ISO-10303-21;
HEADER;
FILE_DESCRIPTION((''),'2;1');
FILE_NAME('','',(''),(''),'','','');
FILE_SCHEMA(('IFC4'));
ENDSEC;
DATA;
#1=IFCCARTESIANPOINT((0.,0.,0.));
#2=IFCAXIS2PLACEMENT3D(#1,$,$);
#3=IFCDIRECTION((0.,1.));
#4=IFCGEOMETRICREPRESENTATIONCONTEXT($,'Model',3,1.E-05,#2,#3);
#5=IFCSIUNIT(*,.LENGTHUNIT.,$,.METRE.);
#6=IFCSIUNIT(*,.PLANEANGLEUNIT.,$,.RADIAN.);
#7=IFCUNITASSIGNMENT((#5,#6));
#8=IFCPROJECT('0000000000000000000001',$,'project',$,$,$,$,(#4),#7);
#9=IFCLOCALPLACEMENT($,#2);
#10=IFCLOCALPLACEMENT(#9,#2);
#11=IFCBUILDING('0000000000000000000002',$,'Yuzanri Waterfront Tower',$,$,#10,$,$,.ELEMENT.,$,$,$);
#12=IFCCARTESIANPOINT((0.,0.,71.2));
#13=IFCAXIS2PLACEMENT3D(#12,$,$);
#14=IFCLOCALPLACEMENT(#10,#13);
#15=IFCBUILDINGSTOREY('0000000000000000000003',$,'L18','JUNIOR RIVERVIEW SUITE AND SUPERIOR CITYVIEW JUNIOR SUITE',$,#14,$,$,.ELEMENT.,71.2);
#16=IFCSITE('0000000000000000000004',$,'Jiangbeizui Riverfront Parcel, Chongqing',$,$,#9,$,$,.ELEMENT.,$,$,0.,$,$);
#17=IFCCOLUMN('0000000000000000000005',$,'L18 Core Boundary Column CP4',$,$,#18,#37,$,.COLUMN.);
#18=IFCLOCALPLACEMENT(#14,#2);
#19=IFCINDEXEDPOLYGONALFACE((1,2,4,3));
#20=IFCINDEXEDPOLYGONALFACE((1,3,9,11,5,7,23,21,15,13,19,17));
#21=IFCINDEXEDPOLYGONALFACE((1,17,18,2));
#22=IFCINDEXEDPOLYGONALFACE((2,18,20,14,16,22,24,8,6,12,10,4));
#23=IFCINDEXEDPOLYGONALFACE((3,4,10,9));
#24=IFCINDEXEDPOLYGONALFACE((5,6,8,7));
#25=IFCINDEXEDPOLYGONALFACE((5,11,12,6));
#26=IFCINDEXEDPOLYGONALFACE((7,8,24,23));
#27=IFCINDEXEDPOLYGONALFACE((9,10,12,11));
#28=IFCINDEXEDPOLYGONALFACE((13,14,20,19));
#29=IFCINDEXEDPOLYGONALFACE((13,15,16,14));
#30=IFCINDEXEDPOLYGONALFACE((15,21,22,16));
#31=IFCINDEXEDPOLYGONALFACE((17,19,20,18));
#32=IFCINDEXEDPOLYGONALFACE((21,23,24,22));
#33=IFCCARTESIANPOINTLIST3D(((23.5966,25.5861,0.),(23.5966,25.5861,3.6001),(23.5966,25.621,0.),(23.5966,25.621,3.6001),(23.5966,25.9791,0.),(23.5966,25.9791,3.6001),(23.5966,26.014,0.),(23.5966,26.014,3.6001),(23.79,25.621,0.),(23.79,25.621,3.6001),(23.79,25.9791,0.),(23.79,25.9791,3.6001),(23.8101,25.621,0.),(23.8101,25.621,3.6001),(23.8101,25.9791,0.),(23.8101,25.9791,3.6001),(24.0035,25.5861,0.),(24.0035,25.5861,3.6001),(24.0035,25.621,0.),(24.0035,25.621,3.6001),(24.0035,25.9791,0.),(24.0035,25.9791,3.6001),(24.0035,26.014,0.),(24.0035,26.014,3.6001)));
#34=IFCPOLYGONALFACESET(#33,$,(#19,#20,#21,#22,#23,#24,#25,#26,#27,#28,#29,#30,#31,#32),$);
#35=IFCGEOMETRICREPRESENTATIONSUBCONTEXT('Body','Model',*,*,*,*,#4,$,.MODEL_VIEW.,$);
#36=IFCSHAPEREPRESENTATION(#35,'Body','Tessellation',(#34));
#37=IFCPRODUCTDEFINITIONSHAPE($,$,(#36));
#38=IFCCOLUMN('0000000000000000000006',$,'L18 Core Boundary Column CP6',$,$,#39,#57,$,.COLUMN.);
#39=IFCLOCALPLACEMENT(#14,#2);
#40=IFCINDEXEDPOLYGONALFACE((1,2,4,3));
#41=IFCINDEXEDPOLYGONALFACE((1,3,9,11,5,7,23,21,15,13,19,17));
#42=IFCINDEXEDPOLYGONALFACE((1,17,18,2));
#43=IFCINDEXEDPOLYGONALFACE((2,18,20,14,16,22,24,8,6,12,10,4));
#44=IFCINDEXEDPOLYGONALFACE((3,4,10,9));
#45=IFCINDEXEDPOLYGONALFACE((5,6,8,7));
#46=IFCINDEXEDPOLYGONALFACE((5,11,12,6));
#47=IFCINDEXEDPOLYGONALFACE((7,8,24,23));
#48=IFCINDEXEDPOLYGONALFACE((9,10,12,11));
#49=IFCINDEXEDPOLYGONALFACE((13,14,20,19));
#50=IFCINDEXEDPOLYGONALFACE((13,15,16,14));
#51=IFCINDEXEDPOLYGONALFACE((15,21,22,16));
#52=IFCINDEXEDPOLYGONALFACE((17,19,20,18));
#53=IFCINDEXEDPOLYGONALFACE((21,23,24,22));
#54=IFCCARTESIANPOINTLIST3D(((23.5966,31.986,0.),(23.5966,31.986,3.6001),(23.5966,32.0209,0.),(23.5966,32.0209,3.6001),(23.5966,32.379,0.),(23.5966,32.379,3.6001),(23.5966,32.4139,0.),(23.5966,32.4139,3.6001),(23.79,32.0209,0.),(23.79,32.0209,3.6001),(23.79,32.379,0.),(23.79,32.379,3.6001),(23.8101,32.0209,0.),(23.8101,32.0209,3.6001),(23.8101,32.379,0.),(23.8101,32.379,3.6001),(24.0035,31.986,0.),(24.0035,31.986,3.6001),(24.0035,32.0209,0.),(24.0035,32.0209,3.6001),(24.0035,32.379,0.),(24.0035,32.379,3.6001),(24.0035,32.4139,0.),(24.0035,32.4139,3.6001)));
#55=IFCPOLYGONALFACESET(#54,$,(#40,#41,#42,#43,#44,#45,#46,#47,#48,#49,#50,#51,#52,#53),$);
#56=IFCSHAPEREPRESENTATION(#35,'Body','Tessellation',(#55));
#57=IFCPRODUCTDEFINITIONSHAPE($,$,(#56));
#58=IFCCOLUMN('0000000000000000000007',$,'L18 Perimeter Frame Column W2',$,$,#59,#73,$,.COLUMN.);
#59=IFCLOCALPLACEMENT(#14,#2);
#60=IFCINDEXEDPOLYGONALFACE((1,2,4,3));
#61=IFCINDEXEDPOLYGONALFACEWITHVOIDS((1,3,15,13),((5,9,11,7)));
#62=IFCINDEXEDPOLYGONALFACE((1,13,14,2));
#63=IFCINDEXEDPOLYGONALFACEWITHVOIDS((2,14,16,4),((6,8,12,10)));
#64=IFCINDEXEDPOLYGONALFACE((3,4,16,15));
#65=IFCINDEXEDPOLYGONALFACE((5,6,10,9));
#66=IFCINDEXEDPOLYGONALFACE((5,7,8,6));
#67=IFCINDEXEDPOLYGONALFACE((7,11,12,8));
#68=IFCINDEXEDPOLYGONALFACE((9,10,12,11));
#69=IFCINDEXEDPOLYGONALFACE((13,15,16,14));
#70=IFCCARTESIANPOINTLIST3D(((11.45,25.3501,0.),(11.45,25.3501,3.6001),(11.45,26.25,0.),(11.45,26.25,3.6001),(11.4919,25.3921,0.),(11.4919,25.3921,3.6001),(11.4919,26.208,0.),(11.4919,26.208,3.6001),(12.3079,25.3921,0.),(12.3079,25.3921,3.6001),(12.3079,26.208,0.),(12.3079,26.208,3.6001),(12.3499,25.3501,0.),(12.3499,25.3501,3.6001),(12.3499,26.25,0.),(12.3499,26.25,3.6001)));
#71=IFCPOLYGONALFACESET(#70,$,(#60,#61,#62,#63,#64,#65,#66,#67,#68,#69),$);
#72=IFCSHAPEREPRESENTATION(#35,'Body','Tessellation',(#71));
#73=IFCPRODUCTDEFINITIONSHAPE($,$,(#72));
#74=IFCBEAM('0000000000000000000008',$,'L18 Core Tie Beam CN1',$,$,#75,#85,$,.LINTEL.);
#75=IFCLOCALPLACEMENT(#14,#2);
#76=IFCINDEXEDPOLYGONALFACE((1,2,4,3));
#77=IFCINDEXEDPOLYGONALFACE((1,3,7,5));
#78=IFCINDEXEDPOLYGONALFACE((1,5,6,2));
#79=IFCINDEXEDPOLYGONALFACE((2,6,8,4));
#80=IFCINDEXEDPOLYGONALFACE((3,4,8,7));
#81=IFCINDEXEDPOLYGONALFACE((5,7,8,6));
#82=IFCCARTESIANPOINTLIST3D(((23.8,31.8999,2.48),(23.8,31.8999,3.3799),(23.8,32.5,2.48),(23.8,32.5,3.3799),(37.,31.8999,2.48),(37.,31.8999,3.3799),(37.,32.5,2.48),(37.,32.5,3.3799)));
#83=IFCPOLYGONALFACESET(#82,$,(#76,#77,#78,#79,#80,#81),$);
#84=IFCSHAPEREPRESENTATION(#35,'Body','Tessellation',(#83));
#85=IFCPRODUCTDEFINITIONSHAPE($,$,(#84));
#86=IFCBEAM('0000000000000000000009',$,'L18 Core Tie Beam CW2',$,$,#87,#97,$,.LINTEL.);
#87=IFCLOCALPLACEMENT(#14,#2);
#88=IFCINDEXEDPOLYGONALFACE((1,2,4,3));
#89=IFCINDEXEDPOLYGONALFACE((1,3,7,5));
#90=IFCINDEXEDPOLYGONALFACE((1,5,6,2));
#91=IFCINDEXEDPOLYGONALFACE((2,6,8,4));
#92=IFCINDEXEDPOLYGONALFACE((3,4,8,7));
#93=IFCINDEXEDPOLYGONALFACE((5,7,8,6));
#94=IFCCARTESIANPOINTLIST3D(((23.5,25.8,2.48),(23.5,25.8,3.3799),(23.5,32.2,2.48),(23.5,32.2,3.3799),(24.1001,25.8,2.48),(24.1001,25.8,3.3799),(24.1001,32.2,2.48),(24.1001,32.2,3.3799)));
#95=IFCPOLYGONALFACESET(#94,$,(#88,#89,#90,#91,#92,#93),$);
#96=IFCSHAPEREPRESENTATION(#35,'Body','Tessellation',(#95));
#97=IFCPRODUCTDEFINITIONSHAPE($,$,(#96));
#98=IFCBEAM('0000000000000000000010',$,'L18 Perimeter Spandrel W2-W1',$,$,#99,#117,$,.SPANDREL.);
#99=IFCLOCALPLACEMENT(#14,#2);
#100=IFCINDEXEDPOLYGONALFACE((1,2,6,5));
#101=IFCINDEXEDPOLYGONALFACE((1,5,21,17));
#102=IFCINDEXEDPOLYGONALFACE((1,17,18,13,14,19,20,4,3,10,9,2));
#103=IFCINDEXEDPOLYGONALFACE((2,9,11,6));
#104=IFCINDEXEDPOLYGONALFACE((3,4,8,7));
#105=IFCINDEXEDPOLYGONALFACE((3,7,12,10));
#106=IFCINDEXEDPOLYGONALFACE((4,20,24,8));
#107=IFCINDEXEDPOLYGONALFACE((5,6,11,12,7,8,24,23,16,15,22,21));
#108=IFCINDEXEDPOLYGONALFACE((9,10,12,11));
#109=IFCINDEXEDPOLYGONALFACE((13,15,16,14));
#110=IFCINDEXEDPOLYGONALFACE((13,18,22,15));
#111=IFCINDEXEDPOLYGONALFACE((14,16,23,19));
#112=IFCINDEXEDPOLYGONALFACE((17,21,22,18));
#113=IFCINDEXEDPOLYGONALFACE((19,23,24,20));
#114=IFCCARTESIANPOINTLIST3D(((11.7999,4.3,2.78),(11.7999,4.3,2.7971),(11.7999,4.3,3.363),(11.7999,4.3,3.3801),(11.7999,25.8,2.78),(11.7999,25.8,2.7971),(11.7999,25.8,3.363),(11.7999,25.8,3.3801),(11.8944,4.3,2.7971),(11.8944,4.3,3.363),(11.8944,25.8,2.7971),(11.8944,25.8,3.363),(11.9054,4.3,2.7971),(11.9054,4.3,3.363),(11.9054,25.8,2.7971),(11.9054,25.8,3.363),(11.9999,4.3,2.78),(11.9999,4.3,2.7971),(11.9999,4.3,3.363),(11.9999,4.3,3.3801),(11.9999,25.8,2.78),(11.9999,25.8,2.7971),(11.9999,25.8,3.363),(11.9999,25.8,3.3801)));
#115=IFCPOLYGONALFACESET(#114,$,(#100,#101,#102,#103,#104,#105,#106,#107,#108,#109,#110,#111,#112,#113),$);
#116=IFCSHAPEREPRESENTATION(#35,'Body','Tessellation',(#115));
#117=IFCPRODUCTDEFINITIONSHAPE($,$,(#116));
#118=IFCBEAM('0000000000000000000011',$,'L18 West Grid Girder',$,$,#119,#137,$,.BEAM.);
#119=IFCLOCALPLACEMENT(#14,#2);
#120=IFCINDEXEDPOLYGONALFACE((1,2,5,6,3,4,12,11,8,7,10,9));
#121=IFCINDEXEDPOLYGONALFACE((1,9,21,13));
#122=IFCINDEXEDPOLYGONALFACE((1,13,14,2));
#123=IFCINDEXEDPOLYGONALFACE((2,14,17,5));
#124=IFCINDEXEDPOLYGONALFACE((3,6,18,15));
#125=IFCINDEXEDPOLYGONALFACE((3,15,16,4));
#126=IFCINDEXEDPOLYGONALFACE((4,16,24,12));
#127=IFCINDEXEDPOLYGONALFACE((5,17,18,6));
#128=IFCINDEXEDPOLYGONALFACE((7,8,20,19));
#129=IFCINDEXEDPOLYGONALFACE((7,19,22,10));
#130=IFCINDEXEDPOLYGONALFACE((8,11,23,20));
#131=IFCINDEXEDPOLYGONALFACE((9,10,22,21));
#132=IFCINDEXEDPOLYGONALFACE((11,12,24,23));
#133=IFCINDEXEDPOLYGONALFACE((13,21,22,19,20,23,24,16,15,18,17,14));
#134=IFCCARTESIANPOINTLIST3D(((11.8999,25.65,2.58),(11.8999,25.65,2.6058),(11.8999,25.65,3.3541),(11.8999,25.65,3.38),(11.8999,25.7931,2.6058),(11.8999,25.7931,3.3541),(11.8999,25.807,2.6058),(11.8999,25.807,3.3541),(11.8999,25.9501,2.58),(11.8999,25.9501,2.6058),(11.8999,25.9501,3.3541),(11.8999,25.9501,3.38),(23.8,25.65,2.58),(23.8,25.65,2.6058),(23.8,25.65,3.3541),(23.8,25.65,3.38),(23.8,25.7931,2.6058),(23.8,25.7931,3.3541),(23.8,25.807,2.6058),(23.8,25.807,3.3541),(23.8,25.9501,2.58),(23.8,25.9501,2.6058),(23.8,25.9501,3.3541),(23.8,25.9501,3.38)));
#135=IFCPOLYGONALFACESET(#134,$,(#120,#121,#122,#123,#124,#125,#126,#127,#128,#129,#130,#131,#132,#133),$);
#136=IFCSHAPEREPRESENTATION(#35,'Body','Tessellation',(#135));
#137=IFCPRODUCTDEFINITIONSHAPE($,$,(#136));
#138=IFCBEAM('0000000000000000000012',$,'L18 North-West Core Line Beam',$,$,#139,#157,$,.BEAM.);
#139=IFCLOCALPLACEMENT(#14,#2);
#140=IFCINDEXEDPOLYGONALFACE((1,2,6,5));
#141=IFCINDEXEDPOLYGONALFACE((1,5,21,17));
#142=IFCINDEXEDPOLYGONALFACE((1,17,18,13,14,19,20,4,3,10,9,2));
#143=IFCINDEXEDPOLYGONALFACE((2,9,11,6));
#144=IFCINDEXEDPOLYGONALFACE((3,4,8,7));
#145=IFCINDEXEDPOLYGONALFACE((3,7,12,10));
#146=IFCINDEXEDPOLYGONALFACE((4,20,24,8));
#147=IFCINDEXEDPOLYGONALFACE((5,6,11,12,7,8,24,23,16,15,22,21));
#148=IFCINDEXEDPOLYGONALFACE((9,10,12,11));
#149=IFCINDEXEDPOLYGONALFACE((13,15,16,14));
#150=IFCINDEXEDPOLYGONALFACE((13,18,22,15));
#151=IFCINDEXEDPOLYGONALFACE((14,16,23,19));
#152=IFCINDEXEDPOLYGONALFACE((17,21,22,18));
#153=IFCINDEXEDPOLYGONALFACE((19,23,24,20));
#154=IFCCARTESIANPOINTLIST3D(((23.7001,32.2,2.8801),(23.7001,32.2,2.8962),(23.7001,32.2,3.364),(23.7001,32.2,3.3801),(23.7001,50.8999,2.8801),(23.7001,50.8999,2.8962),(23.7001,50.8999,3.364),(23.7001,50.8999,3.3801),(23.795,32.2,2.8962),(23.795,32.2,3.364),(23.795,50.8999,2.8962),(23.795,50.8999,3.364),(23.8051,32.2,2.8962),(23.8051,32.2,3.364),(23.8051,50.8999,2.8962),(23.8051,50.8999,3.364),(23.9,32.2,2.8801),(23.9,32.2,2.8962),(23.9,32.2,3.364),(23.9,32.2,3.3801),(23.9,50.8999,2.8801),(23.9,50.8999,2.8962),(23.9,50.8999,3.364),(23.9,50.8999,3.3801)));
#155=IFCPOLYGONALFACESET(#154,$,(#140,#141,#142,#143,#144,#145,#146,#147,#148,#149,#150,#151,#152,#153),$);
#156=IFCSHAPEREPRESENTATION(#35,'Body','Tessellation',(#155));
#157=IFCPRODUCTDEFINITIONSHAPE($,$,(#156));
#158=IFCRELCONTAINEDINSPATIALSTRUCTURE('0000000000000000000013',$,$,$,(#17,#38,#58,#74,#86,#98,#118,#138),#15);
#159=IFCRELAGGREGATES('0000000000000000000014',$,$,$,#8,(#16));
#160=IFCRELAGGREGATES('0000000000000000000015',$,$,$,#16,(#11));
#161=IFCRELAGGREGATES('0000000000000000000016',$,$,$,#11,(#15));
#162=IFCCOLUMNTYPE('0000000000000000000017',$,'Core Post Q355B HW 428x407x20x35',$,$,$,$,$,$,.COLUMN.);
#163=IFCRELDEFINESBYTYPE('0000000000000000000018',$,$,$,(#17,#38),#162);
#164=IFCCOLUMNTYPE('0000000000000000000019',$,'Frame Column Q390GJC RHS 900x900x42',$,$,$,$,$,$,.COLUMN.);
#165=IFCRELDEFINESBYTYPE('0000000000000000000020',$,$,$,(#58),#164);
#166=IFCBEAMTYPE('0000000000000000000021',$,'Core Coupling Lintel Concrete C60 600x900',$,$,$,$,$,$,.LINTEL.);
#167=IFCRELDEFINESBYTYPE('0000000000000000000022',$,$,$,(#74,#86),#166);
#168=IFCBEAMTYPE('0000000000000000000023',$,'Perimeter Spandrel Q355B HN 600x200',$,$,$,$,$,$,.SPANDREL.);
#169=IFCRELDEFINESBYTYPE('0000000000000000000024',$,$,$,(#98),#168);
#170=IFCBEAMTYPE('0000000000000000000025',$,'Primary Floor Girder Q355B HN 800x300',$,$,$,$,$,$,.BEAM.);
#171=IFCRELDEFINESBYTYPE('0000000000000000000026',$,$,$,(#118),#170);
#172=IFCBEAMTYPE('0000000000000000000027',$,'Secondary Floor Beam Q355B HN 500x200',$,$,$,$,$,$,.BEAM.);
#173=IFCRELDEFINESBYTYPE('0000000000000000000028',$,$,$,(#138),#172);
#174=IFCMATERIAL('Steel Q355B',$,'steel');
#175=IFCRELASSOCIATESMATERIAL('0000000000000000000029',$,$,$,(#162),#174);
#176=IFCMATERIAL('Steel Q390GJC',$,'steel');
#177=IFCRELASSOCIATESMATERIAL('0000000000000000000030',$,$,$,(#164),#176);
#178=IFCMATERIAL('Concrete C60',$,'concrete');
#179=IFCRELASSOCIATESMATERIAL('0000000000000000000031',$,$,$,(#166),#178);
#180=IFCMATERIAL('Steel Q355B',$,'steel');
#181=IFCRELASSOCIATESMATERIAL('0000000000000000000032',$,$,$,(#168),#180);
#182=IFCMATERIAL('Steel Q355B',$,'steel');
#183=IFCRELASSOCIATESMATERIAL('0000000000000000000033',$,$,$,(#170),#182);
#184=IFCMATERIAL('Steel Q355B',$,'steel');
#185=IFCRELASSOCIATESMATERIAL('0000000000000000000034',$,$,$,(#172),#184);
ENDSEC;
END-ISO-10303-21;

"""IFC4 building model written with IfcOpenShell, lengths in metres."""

from ifc_helpers import new_model, si_unit, direction, frame, origin, origin_2d, place, context, subcontext, project, spatial, rectangle, hollow_rectangle, i_section, extrude, source, transform, mapped, material, material_profile, profile_set, type_object, element, save


model = new_model("IFC4")

# Units and contexts
model_context = context("Model", 3, precision=1e-05, world=origin(), true_north=direction((0.0, 1.0)))
body_context = subcontext(model_context, "Body", "Model", "MODEL_VIEW")
ifc_project = project(units=[si_unit("LENGTHUNIT", "METRE"), si_unit("PLANEANGLEUNIT", "RADIAN")], contexts=[model_context])

# Site, building, storey
site_placement = place(None, origin())
site = spatial("IfcSite", under=ifc_project, at=site_placement, Name="Jiangbeizui Riverfront Parcel, Chongqing", CompositionType="ELEMENT", RefElevation=0.0)
building_placement = place(site_placement, origin())
building = spatial("IfcBuilding", under=site, at=building_placement, Name="Yuzanri Waterfront Tower", CompositionType="ELEMENT")
storey_placement = place(building_placement, frame((0.0, 0.0, 71.2)))
storey = spatial("IfcBuildingStorey", under=building, at=storey_placement, Name="L18", Description="JUNIOR RIVERVIEW SUITE AND SUPERIOR CITYVIEW JUNIOR SUITE", CompositionType="ELEMENT", Elevation=71.2)

# Columns
ifc_material_1 = material(Name="Steel Q355B", Category="steel")
ifc_material_profile_1 = material_profile(ifc_material_1, i_section(OverallWidth=0.407, OverallDepth=0.428, WebThickness=0.02, FlangeThickness=0.0349, at=origin_2d()), Name="HW 428x407x20x35")
ifc_profile_set_1 = profile_set([ifc_material_profile_1], Name="Steel Q355B")
column_type_1 = type_object("IfcColumnType", Name="Core Post Q355B HW 428x407x20x35", PredefinedType="COLUMN", material=ifc_profile_set_1)
shared_shape_1 = source(origin(), body_context, "Body", "SweptSolid", [
    extrude(i_section(OverallWidth=0.407, OverallDepth=0.428, WebThickness=0.02, FlangeThickness=0.0349, at=origin_2d()), origin(), (0.0, 0.0, 1.0), 3.6001),
])
for number, where, z_axis, x_axis, name in (
    (1, (23.8, 25.8, 0.0), (0.0, 0.0, 1.0), (1.0, 0.0, 0.0), "L18 Core Boundary Column CP4"),
    (2, (23.8, 32.2, 0.0), (0.0, 0.0, 1.0), (1.0, 0.0, 0.0), "L18 Core Boundary Column CP6"),
):
    element("IfcColumn", number, at=place(storey_placement, frame(where, z_axis=z_axis, x_axis=x_axis)), inside=storey, type_object=column_type_1, Name=name, PredefinedType="COLUMN", context=body_context, shape_type="MappedRepresentation", body=[
        mapped(shared_shape_1, transform((0.0, 0.0, 0.0), scale=1.0)),
    ])
ifc_material_2 = material(Name="Steel Q390GJC", Category="steel")
ifc_material_profile_2 = material_profile(ifc_material_2, hollow_rectangle(XDim=0.8999, YDim=0.8999, WallThickness=0.042, at=origin_2d()), Name="RHS 900x900x42")
ifc_profile_set_2 = profile_set([ifc_material_profile_2], Name="Steel Q390GJC")
column_type_2 = type_object("IfcColumnType", Name="Frame Column Q390GJC RHS 900x900x42", PredefinedType="COLUMN", material=ifc_profile_set_2)
shared_shape_2 = source(origin(), body_context, "Body", "SweptSolid", [
    extrude(hollow_rectangle(XDim=0.8999, YDim=0.8999, WallThickness=0.042, at=origin_2d()), origin(), (0.0, 0.0, 1.0), 3.6001),
])
column_placement = place(storey_placement, frame((11.8999, 25.8, 0.0), z_axis=(0.0, 0.0, 1.0), x_axis=(1.0, 0.0, 0.0)))
element("IfcColumn", 3, at=column_placement, inside=storey, type_object=column_type_2, Name="L18 Perimeter Frame Column W2", PredefinedType="COLUMN", context=body_context, shape_type="MappedRepresentation", body=[
    mapped(shared_shape_2, transform((0.0, 0.0, 0.0), scale=1.0)),
])

# Beams
ifc_material_3 = material(Name="Concrete C60", Category="concrete")
ifc_material_profile_3 = material_profile(ifc_material_3, rectangle(XDim=0.6001, YDim=0.8999, at=origin_2d()), Name="RC 600x900")
ifc_profile_set_3 = profile_set([ifc_material_profile_3], Name="Concrete C60")
beam_type_1 = type_object("IfcBeamType", Name="Core Coupling Lintel Concrete C60 600x900", PredefinedType="LINTEL", material=ifc_profile_set_3)
shared_shape_3 = source(origin(), body_context, "Body", "SweptSolid", [
    extrude(rectangle(XDim=0.6001, YDim=0.8999, at=origin_2d()), origin(), (0.0, 0.0, 1.0), 13.2),
])
beam_1_placement = place(storey_placement, frame((23.8, 32.2, 2.9299), z_axis=(1.0, 0.0, 0.0), x_axis=(0.0, 1.0, 0.0)))
element("IfcBeam", 4, at=beam_1_placement, inside=storey, type_object=beam_type_1, Name="L18 Core Tie Beam CN1", PredefinedType="LINTEL", context=body_context, shape_type="MappedRepresentation", body=[
    mapped(shared_shape_3, transform((0.0, 0.0, 0.0), scale=1.0)),
])
shared_shape_4 = source(origin(), body_context, "Body", "SweptSolid", [
    extrude(rectangle(XDim=0.6001, YDim=0.8999, at=origin_2d()), origin(), (0.0, 0.0, 1.0), 6.3999),
])
beam_2_placement = place(storey_placement, frame((23.8, 25.8, 2.9299), z_axis=(0.0, 1.0, 0.0), x_axis=(-1.0, 0.0, 0.0)))
element("IfcBeam", 5, at=beam_2_placement, inside=storey, type_object=beam_type_1, Name="L18 Core Tie Beam CW2", PredefinedType="LINTEL", context=body_context, shape_type="MappedRepresentation", body=[
    mapped(shared_shape_4, transform((0.0, 0.0, 0.0), scale=1.0)),
])
ifc_material_4 = material(Name="Steel Q355B", Category="steel")
ifc_material_profile_4 = material_profile(ifc_material_4, i_section(OverallWidth=0.2, OverallDepth=0.6001, WebThickness=0.011, FlangeThickness=0.0171, at=origin_2d()), Name="HN 600x200x11x17")
ifc_profile_set_4 = profile_set([ifc_material_profile_4], Name="Steel Q355B")
beam_type_2 = type_object("IfcBeamType", Name="Perimeter Spandrel Q355B HN 600x200", PredefinedType="SPANDREL", material=ifc_profile_set_4)
shared_shape_5 = source(origin(), body_context, "Body", "SweptSolid", [
    extrude(i_section(OverallWidth=0.2, OverallDepth=0.6001, WebThickness=0.011, FlangeThickness=0.0171, at=origin_2d()), origin(), (0.0, 0.0, 1.0), 21.5),
])
beam_3_placement = place(storey_placement, frame((11.8999, 25.8, 3.0801), z_axis=(0.0, -1.0, 0.0), x_axis=(1.0, 0.0, 0.0)))
element("IfcBeam", 6, at=beam_3_placement, inside=storey, type_object=beam_type_2, Name="L18 Perimeter Spandrel W2-W1", PredefinedType="SPANDREL", context=body_context, shape_type="MappedRepresentation", body=[
    mapped(shared_shape_5, transform((0.0, 0.0, 0.0), scale=1.0)),
])
ifc_material_5 = material(Name="Steel Q355B", Category="steel")
ifc_material_profile_5 = material_profile(ifc_material_5, i_section(OverallWidth=0.3, OverallDepth=0.8, WebThickness=0.0139, FlangeThickness=0.0259, at=origin_2d()), Name="HN 800x300x14x26")
ifc_profile_set_5 = profile_set([ifc_material_profile_5], Name="Steel Q355B")
beam_type_3 = type_object("IfcBeamType", Name="Primary Floor Girder Q355B HN 800x300", PredefinedType="BEAM", material=ifc_profile_set_5)
shared_shape_6 = source(origin(), body_context, "Body", "SweptSolid", [
    extrude(i_section(OverallWidth=0.3, OverallDepth=0.8, WebThickness=0.0139, FlangeThickness=0.0259, at=origin_2d()), origin(), (0.0, 0.0, 1.0), 11.9001),
])
beam_4_placement = place(storey_placement, frame((23.8, 25.8, 2.98), z_axis=(-1.0, 0.0, 0.0), x_axis=(0.0, -1.0, 0.0)))
element("IfcBeam", 7, at=beam_4_placement, inside=storey, type_object=beam_type_3, Name="L18 West Grid Girder", PredefinedType="BEAM", context=body_context, shape_type="MappedRepresentation", body=[
    mapped(shared_shape_6, transform((0.0, 0.0, 0.0), scale=1.0)),
])
ifc_material_6 = material(Name="Steel Q355B", Category="steel")
ifc_material_profile_6 = material_profile(ifc_material_6, i_section(OverallWidth=0.2, OverallDepth=0.5, WebThickness=0.01, FlangeThickness=0.0161, at=origin_2d()), Name="HN 500x200x10x16")
ifc_profile_set_6 = profile_set([ifc_material_profile_6], Name="Steel Q355B")
beam_type_4 = type_object("IfcBeamType", Name="Secondary Floor Beam Q355B HN 500x200", PredefinedType="BEAM", material=ifc_profile_set_6)
shared_shape_7 = source(origin(), body_context, "Body", "SweptSolid", [
    extrude(i_section(OverallWidth=0.2, OverallDepth=0.5, WebThickness=0.01, FlangeThickness=0.0161, at=origin_2d()), origin(), (0.0, 0.0, 1.0), 18.7),
])
beam_5_placement = place(storey_placement, frame((23.8, 32.2, 3.1301), z_axis=(0.0, 1.0, 0.0), x_axis=(-1.0, 0.0, 0.0)))
element("IfcBeam", 8, at=beam_5_placement, inside=storey, type_object=beam_type_4, Name="L18 North-West Core Line Beam", PredefinedType="BEAM", context=body_context, shape_type="MappedRepresentation", body=[
    mapped(shared_shape_7, transform((0.0, 0.0, 0.0), scale=1.0)),
])

save(model, "model.ifc")
